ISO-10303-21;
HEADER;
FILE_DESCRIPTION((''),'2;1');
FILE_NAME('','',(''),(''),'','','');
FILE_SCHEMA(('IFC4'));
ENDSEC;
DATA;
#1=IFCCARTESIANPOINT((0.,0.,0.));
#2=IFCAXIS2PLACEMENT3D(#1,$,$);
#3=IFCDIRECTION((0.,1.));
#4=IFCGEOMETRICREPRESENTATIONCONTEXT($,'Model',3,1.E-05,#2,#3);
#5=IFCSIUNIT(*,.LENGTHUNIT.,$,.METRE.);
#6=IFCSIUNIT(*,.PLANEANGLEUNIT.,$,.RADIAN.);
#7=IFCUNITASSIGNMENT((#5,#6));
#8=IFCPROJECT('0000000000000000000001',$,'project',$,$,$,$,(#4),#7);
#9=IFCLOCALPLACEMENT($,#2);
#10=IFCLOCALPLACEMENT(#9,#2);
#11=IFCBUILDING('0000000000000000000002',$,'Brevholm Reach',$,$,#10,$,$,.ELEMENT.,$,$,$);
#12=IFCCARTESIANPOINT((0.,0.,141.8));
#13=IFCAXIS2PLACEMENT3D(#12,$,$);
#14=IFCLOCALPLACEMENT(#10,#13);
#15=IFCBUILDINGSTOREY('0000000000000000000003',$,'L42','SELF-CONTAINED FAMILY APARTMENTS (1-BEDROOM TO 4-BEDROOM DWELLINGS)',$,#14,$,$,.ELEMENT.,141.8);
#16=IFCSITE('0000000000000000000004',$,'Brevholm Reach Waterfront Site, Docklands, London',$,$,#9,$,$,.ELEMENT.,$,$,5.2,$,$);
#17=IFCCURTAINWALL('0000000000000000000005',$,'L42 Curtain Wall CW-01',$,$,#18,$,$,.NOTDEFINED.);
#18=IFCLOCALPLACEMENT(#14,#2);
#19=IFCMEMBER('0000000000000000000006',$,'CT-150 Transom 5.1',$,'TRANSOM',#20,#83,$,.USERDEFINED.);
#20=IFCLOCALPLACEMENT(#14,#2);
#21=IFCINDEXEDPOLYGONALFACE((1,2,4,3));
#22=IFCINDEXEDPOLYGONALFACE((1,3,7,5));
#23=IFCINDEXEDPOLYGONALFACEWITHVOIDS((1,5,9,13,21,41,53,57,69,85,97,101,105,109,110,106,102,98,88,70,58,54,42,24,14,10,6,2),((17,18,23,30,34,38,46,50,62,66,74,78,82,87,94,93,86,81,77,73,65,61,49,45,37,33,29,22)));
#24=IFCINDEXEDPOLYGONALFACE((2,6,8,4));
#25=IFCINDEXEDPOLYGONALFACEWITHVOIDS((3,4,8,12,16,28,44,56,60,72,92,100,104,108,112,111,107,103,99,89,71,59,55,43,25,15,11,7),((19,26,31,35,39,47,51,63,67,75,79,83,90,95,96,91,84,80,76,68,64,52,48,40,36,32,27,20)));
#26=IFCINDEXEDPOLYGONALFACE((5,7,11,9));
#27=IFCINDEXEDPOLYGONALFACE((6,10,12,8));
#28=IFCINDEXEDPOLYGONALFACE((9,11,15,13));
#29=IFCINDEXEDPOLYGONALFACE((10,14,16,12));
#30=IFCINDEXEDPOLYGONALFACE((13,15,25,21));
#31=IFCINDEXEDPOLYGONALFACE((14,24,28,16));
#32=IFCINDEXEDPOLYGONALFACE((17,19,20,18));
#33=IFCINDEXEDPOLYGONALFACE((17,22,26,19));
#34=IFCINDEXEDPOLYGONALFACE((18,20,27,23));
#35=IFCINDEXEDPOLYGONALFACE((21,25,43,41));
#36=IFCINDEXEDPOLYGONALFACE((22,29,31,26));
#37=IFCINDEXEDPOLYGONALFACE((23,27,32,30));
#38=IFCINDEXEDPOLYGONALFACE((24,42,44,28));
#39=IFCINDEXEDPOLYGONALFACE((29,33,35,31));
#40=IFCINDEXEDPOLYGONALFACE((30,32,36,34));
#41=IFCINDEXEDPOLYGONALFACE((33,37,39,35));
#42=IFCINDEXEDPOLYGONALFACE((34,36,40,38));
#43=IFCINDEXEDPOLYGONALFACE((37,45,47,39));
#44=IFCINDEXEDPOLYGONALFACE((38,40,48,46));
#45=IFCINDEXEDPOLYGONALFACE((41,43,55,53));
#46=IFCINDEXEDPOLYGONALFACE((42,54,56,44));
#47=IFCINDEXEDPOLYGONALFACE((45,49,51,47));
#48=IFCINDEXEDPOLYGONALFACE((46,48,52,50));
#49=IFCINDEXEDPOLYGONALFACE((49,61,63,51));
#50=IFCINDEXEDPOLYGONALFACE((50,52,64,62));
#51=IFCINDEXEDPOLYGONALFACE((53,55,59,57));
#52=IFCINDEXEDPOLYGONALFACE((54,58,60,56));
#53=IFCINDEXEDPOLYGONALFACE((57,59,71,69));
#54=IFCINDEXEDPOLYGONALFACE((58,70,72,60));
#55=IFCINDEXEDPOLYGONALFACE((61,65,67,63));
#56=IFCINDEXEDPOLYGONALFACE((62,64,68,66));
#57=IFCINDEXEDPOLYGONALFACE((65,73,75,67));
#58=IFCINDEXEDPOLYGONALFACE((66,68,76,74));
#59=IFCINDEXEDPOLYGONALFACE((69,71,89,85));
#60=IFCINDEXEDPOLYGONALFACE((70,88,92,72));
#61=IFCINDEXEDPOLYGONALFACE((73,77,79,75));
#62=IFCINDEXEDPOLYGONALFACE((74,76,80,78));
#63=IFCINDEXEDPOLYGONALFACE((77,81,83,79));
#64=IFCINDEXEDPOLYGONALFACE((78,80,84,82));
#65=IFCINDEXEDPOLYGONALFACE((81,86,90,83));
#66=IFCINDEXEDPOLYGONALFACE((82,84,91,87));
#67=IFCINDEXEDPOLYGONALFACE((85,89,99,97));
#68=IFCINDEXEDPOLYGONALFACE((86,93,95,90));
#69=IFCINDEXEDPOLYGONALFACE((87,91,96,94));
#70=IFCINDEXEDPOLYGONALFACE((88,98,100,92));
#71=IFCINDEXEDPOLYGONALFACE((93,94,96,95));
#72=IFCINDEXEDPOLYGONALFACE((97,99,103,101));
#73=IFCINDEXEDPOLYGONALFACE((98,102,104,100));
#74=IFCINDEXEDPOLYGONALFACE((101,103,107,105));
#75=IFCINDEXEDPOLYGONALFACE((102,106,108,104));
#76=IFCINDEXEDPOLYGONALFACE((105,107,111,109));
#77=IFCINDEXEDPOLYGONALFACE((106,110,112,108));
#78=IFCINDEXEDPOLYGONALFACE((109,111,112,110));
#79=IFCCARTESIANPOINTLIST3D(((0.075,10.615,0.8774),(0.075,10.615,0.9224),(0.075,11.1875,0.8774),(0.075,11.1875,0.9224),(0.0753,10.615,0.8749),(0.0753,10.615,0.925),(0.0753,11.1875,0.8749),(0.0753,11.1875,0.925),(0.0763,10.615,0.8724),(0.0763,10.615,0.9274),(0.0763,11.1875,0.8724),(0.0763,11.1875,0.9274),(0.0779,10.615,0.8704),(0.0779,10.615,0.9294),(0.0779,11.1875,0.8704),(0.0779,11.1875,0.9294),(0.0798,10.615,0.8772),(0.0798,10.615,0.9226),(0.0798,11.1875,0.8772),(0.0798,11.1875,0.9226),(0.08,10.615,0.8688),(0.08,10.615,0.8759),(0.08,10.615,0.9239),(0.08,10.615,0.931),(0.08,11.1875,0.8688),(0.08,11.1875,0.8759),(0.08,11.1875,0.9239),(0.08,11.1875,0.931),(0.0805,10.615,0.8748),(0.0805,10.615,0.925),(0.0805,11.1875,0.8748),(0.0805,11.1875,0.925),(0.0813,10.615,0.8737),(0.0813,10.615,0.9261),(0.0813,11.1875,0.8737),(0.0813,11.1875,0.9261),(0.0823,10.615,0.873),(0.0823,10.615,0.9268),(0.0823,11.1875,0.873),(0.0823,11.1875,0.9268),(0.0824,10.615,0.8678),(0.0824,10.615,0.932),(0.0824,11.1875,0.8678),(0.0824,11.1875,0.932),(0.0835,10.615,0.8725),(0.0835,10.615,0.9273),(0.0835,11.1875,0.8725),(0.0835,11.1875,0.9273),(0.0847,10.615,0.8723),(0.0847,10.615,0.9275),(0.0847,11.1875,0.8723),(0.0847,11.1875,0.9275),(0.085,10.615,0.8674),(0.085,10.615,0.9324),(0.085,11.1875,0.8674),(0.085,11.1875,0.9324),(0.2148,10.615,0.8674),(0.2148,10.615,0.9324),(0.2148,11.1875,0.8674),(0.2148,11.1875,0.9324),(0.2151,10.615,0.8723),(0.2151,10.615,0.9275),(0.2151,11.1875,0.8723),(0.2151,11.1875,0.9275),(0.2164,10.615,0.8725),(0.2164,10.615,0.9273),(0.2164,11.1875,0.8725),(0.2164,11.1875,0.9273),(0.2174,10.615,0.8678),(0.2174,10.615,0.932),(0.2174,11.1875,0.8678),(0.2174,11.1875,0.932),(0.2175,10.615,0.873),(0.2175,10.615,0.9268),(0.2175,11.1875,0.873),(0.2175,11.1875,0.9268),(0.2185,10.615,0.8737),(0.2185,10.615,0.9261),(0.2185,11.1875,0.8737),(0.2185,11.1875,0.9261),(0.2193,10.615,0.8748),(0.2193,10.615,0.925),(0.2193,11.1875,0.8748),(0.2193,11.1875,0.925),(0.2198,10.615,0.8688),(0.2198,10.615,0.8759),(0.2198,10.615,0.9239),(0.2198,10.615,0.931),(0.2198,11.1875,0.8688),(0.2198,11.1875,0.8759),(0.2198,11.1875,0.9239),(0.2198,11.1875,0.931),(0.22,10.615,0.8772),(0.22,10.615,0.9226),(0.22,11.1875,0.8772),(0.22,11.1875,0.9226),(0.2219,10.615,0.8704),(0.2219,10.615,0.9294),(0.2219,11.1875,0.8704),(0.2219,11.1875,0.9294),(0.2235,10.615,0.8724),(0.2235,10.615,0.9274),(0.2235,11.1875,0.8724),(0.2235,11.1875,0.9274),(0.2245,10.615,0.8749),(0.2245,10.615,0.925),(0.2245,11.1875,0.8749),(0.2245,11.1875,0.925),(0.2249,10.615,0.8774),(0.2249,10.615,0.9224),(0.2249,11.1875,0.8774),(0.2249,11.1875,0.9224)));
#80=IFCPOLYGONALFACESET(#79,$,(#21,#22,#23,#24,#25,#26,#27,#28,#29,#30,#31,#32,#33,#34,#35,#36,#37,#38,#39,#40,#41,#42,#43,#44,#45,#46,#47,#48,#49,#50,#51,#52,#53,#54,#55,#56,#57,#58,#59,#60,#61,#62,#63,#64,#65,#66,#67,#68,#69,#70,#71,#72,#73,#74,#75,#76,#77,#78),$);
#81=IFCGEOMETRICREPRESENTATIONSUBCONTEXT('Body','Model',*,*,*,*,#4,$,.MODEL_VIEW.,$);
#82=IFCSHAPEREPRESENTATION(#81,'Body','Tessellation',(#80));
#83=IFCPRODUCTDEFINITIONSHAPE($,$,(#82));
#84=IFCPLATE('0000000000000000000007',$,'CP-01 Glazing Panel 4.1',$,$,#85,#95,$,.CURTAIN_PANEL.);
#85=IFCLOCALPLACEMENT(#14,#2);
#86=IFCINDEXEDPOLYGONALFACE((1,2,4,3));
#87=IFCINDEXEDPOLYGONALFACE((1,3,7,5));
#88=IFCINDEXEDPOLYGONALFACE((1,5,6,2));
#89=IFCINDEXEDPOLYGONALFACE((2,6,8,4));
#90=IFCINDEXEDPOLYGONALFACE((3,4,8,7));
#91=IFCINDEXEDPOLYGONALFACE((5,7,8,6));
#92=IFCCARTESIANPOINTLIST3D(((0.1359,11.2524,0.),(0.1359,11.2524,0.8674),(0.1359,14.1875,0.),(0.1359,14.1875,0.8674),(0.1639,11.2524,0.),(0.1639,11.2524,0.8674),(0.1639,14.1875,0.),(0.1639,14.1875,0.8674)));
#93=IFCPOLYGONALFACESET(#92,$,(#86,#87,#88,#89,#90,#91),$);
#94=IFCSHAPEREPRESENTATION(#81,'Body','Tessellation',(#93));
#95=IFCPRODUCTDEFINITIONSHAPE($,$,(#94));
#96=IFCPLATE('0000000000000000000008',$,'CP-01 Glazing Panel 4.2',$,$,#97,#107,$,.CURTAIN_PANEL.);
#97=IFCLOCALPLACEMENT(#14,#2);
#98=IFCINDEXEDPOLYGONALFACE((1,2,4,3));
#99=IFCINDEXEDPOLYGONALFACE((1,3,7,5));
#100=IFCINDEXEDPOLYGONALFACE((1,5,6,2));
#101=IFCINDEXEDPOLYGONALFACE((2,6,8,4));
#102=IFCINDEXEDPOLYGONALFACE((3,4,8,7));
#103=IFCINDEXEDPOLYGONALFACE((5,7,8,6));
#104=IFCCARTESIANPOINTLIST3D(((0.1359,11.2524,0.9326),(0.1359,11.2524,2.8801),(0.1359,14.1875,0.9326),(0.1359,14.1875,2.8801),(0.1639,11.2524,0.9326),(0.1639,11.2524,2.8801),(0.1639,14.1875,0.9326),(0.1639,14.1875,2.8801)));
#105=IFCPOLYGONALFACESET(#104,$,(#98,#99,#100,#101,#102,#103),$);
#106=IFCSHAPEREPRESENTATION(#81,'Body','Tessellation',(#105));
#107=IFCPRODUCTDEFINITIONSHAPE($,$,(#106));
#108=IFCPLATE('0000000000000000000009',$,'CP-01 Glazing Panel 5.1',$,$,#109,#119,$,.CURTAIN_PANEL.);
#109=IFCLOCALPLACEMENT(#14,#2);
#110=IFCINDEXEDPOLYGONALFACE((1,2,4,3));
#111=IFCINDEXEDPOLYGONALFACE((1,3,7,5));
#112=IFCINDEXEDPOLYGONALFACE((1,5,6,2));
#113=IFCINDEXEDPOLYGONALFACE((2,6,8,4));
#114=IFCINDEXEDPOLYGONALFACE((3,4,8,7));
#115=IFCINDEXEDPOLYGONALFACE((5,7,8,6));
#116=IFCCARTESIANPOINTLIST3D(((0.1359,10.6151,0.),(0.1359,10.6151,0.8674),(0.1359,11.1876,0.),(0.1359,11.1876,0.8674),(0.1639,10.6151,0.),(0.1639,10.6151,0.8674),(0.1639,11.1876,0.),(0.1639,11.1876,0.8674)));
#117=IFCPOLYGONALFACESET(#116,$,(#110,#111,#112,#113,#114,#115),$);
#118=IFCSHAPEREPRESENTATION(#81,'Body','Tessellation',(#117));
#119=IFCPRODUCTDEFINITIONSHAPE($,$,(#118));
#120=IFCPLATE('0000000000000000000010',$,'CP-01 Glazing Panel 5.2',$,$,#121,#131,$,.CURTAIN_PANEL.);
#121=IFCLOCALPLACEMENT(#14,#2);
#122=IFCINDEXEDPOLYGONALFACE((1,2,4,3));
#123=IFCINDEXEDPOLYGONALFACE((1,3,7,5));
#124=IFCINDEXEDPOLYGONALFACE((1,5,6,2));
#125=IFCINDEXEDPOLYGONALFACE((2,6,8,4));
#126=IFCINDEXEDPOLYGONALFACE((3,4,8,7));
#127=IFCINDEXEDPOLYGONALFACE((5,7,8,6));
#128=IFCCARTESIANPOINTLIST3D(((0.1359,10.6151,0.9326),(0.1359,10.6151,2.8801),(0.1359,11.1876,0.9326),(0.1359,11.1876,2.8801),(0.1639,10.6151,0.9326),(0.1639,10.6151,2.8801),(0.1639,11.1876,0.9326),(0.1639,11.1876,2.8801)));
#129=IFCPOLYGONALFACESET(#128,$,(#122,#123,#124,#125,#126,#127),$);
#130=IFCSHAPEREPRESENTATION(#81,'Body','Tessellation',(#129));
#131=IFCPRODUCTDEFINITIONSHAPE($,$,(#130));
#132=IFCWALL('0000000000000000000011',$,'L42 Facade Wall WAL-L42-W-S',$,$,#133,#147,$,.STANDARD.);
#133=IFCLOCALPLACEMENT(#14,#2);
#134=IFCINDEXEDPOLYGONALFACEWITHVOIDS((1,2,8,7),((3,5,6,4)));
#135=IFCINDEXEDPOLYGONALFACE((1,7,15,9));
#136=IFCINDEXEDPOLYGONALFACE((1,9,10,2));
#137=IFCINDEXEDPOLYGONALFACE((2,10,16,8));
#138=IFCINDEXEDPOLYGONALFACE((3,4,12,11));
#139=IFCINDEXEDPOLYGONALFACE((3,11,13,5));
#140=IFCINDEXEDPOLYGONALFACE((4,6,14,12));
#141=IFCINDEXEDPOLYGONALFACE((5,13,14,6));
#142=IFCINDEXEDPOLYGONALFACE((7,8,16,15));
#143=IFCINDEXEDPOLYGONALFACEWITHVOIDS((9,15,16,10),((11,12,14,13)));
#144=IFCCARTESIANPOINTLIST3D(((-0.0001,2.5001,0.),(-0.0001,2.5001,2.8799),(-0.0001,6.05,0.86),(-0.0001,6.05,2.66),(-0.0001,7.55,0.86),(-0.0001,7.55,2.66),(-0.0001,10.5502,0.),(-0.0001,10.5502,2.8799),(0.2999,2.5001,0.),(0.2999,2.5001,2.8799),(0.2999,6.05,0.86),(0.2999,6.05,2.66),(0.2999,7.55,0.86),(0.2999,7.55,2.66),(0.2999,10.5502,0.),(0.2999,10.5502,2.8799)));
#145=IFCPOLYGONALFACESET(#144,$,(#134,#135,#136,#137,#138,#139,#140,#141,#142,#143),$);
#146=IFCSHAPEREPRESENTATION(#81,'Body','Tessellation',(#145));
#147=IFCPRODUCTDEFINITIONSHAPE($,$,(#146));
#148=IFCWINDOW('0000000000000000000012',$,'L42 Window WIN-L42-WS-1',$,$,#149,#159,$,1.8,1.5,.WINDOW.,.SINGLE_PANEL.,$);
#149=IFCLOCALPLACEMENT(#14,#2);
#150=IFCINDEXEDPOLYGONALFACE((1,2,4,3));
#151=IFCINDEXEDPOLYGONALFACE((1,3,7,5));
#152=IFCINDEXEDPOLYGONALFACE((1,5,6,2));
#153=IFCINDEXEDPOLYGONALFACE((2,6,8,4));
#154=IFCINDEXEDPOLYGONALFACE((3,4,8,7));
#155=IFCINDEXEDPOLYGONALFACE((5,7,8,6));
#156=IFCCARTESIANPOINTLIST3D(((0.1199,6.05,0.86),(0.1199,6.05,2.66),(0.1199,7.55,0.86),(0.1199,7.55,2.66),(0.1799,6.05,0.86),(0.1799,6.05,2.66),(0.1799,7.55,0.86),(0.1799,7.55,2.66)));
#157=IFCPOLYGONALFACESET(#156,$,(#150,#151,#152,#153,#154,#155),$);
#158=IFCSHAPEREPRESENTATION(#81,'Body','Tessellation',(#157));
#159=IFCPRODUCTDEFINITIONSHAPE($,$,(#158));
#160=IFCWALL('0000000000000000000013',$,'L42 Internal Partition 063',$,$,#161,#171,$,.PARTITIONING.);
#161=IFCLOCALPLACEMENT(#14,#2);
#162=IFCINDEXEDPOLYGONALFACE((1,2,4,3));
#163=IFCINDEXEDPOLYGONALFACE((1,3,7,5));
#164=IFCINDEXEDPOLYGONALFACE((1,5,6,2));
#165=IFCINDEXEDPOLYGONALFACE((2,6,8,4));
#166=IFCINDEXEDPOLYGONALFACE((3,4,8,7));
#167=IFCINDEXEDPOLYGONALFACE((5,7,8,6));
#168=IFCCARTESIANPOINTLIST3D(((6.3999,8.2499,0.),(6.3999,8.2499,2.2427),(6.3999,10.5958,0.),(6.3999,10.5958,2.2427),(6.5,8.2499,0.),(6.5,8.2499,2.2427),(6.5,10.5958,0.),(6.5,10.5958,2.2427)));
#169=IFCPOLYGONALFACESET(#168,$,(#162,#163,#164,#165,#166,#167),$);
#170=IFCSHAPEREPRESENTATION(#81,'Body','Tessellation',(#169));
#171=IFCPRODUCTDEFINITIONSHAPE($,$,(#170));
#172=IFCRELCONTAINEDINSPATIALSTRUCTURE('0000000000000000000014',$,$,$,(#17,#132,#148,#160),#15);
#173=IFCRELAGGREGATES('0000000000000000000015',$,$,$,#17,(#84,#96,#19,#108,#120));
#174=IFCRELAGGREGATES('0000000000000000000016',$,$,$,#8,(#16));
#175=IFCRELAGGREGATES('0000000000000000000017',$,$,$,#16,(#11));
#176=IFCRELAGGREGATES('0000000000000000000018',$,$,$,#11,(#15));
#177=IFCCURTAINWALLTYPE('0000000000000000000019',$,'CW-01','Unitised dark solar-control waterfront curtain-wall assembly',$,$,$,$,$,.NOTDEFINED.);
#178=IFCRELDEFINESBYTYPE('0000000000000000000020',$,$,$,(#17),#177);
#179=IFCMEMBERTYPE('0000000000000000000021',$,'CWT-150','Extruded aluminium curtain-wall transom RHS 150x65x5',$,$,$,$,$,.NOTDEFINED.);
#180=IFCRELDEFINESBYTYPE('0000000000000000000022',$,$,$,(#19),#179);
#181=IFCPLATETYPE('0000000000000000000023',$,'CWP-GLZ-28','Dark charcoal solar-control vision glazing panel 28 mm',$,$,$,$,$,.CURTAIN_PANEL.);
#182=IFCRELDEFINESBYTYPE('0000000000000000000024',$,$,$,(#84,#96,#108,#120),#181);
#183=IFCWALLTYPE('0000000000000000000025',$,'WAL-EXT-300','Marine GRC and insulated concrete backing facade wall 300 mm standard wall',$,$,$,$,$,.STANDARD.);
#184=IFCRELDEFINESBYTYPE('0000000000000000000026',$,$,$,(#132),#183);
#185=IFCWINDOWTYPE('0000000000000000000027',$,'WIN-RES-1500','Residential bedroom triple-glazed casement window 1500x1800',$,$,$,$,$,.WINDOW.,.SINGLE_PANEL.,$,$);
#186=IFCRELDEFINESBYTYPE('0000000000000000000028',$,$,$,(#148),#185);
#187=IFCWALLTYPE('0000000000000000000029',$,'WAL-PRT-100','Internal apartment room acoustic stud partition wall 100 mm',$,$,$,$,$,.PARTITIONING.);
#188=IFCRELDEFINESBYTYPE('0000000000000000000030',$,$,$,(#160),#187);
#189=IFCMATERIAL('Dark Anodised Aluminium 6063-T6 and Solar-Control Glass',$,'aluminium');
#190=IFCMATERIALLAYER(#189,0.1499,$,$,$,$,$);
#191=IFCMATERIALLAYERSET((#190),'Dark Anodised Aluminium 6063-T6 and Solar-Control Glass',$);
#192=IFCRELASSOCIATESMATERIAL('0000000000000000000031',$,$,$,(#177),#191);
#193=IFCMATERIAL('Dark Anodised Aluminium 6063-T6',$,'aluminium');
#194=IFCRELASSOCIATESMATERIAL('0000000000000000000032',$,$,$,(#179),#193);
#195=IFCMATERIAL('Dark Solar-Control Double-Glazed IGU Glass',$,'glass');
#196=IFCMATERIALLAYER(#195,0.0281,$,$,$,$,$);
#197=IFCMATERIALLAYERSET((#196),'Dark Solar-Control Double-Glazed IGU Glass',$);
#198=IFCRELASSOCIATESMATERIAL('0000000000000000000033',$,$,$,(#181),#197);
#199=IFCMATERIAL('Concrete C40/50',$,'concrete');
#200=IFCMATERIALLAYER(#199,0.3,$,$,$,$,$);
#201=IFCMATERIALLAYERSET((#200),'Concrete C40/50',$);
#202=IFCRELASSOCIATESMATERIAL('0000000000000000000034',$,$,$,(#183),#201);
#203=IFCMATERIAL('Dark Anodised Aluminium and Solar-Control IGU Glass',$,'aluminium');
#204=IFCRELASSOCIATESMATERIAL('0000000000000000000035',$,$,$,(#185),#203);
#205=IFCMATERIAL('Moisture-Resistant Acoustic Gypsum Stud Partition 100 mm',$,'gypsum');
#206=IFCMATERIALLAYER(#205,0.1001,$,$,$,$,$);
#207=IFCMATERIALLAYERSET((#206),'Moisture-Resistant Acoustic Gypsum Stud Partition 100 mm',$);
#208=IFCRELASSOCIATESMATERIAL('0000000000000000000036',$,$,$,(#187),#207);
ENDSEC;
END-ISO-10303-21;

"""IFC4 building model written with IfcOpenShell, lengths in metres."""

from ifc_helpers import new_model, si_unit, direction, frame, frame_2d, origin, origin_2d, place, context, subcontext, project, spatial, rectangle, hollow_rectangle, extrude, material, layer, layer_set, material_profile, profile_set, type_object, element, fill, aggregate, save


model = new_model("IFC4")

# Units and contexts
model_context = context("Model", 3, precision=1e-05, world=origin(), true_north=direction((0.0, 1.0)))
body_context = subcontext(model_context, "Body", "Model", "MODEL_VIEW")
ifc_project = project(units=[si_unit("LENGTHUNIT", "METRE"), si_unit("PLANEANGLEUNIT", "RADIAN")], contexts=[model_context])

# Site, building, storey
site_placement = place(None, origin())
site = spatial("IfcSite", under=ifc_project, at=site_placement, Name="Brevholm Reach Waterfront Site, Docklands, London", CompositionType="ELEMENT", RefElevation=5.2)
building_placement = place(site_placement, origin())
building = spatial("IfcBuilding", under=site, at=building_placement, Name="Brevholm Reach", CompositionType="ELEMENT")
storey_placement = place(building_placement, frame((0.0, 0.0, 141.8)))
storey = spatial("IfcBuildingStorey", under=building, at=storey_placement, Name="L42", Description="SELF-CONTAINED FAMILY APARTMENTS (1-BEDROOM TO 4-BEDROOM DWELLINGS)", CompositionType="ELEMENT", Elevation=141.8)

# Curtain wall, member, plates
ifc_material_1 = material(Name="Dark Anodised Aluminium 6063-T6 and Solar-Control Glass", Category="aluminium")
ifc_layer_1 = layer(ifc_material_1, 0.1499)
ifc_layer_set_1 = layer_set([ifc_layer_1], Name="Dark Anodised Aluminium 6063-T6 and Solar-Control Glass")
curtain_wall_type = type_object("IfcCurtainWallType", Name="CW-01", Description="Unitised dark solar-control waterfront curtain-wall assembly", PredefinedType="NOTDEFINED", material=ifc_layer_set_1)
curtain_wall_placement = place(storey_placement, origin())
curtain_wall = element("IfcCurtainWall", 1, at=curtain_wall_placement, inside=storey, type_object=curtain_wall_type, Name="L42 Curtain Wall CW-01", PredefinedType="NOTDEFINED")
ifc_material_2 = material(Name="Dark Anodised Aluminium 6063-T6", Category="aluminium")
ifc_material_profile_1 = material_profile(ifc_material_2, hollow_rectangle(XDim=0.0649, YDim=0.1499, WallThickness=0.0049, InnerFilletRadius=0.0049, OuterFilletRadius=0.01, at=origin_2d()), Name="RHS 150x65x5")
ifc_profile_set_1 = profile_set([ifc_material_profile_1], Name="Dark Anodised Aluminium 6063-T6")
member_type_1 = type_object("IfcMemberType", Name="CWT-150", Description="Extruded aluminium curtain-wall transom RHS 150x65x5", PredefinedType="NOTDEFINED", material=ifc_profile_set_1)
member_1_placement = place(storey_placement, frame((0.1499, 11.1875, 0.8999), z_axis=(0.0, -1.0, 0.0), x_axis=(0.0, 0.0, 1.0)))
member_1 = element("IfcMember", 2, at=member_1_placement, type_object=member_type_1, Name="CT-150 Transom 5.1", ObjectType="TRANSOM", PredefinedType="USERDEFINED", context=body_context, shape_type="SweptSolid", body=[
    extrude(hollow_rectangle(XDim=0.0649, YDim=0.1499, WallThickness=0.0049, InnerFilletRadius=0.0049, OuterFilletRadius=0.01, at=origin_2d()), origin(), (0.0, 0.0, 1.0), 0.5725),
])
ifc_material_3 = material(Name="Dark Solar-Control Double-Glazed IGU Glass", Category="glass")
ifc_layer_2 = layer(ifc_material_3, 0.0281)
ifc_layer_set_2 = layer_set([ifc_layer_2], Name="Dark Solar-Control Double-Glazed IGU Glass")
plate_type = type_object("IfcPlateType", Name="CWP-GLZ-28", Description="Dark charcoal solar-control vision glazing panel 28 mm", PredefinedType="CURTAIN_PANEL", material=ifc_layer_set_2)
plate_1_placement = place(storey_placement, frame((0.1499, 12.72, 0.0), z_axis=(0.0, 0.0, 1.0), x_axis=(0.0, -1.0, 0.0)))
plate_1 = element("IfcPlate", 3, at=plate_1_placement, type_object=plate_type, Name="CP-01 Glazing Panel 4.1", PredefinedType="CURTAIN_PANEL", context=body_context, shape_type="SweptSolid", body=[
    extrude(rectangle(XDim=2.9351, YDim=0.0281, at=origin_2d()), origin(), (0.0, 0.0, 1.0), 0.8674),
])
plate_2_placement = place(storey_placement, frame((0.1499, 12.72, 0.9326), z_axis=(0.0, 0.0, 1.0), x_axis=(0.0, -1.0, 0.0)))
plate_2 = element("IfcPlate", 4, at=plate_2_placement, type_object=plate_type, Name="CP-01 Glazing Panel 4.2", PredefinedType="CURTAIN_PANEL", context=body_context, shape_type="SweptSolid", body=[
    extrude(rectangle(XDim=2.9351, YDim=0.0281, at=origin_2d()), origin(), (0.0, 0.0, 1.0), 1.9475),
])
plate_3_placement = place(storey_placement, frame((0.1499, 10.9014, 0.0), z_axis=(0.0, 0.0, 1.0), x_axis=(0.0, -1.0, 0.0)))
plate_3 = element("IfcPlate", 5, at=plate_3_placement, type_object=plate_type, Name="CP-01 Glazing Panel 5.1", PredefinedType="CURTAIN_PANEL", context=body_context, shape_type="SweptSolid", body=[
    extrude(rectangle(XDim=0.5725, YDim=0.0281, at=origin_2d()), origin(), (0.0, 0.0, 1.0), 0.8674),
])
plate_4_placement = place(storey_placement, frame((0.1499, 10.9014, 0.9326), z_axis=(0.0, 0.0, 1.0), x_axis=(0.0, -1.0, 0.0)))
plate_4 = element("IfcPlate", 6, at=plate_4_placement, type_object=plate_type, Name="CP-01 Glazing Panel 5.2", PredefinedType="CURTAIN_PANEL", context=body_context, shape_type="SweptSolid", body=[
    extrude(rectangle(XDim=0.5725, YDim=0.0281, at=origin_2d()), origin(), (0.0, 0.0, 1.0), 1.9475),
])
aggregate(curtain_wall, [plate_1, plate_2, member_1, plate_3, plate_4])

# Wall, opening, window
ifc_material_4 = material(Name="Concrete C40/50", Category="concrete")
ifc_layer_3 = layer(ifc_material_4, 0.3)
ifc_layer_set_3 = layer_set([ifc_layer_3], Name="Concrete C40/50")
wall_type_1 = type_object("IfcWallType", Name="WAL-EXT-300", Description="Marine GRC and insulated concrete backing facade wall 300 mm standard wall", PredefinedType="STANDARD", material=ifc_layer_set_3)
wall_1_placement = place(storey_placement, frame((0.1499, 10.55, 0.0), z_axis=(0.0, 0.0, 1.0), x_axis=(0.0, -1.0, 0.0)))
wall_1 = element("IfcWall", 7, at=wall_1_placement, inside=storey, type_object=wall_type_1, Name="L42 Facade Wall WAL-L42-W-S", PredefinedType="STANDARD", context=body_context, shape_type="SweptSolid", body=[
    extrude(rectangle(XDim=8.05, YDim=0.3, at=frame_2d((4.0249, 0.0))), origin(), (0.0, 0.0, 1.0), 2.8799),
])
opening_1_placement = place(wall_1_placement, frame((3.0, 0.0, 0.8601)))
opening_1 = element("IfcOpeningElement", 8, at=opening_1_placement, cuts=wall_1, PredefinedType="OPENING", context=body_context, shape_type="SweptSolid", body=[
    extrude(rectangle(XDim=1.5, YDim=1.8, at=frame_2d((0.75, 0.8999))), frame((0.0, 0.1599, 0.0), z_axis=(0.0, -1.0, 0.0), x_axis=(1.0, 0.0, 0.0)), (0.0, 0.0, 1.0), 0.3201),
])
ifc_material_5 = material(Name="Dark Anodised Aluminium and Solar-Control IGU Glass", Category="aluminium")
window_type = type_object("IfcWindowType", Name="WIN-RES-1500", Description="Residential bedroom triple-glazed casement window 1500x1800", PartitioningType="SINGLE_PANEL", PredefinedType="WINDOW", material=ifc_material_5)
window_placement = place(opening_1_placement, origin())
window = element("IfcWindow", 9, at=window_placement, inside=storey, type_object=window_type, Name="L42 Window WIN-L42-WS-1", OverallHeight=1.8, OverallWidth=1.5, PartitioningType="SINGLE_PANEL", PredefinedType="WINDOW", context=body_context, shape_type="SweptSolid", body=[
    extrude(rectangle(XDim=1.5, YDim=1.8, at=frame_2d((0.75, 0.8999))), frame((0.0, 0.03, 0.0), z_axis=(0.0, -1.0, 0.0), x_axis=(1.0, 0.0, 0.0)), (0.0, 0.0, 1.0), 0.0601),
])
fill(opening_1, window)

# Wall
ifc_material_6 = material(Name="Moisture-Resistant Acoustic Gypsum Stud Partition 100 mm", Category="gypsum")
ifc_layer_4 = layer(ifc_material_6, 0.1001)
ifc_layer_set_4 = layer_set([ifc_layer_4], Name="Moisture-Resistant Acoustic Gypsum Stud Partition 100 mm")
wall_type_2 = type_object("IfcWallType", Name="WAL-PRT-100", Description="Internal apartment room acoustic stud partition wall 100 mm", PredefinedType="PARTITIONING", material=ifc_layer_set_4)
wall_2_placement = place(storey_placement, frame((6.45, 8.25, 0.0), z_axis=(0.0, 0.0, 1.0), x_axis=(0.0, 1.0, 0.0)))
element("IfcWall", 10, at=wall_2_placement, inside=storey, type_object=wall_type_2, Name="L42 Internal Partition 063", PredefinedType="PARTITIONING", context=body_context, shape_type="SweptSolid", body=[
    extrude(rectangle(XDim=2.3459, YDim=0.1001, at=frame_2d((1.1729, 0.0))), origin(), (0.0, 0.0, 1.0), 2.2427),
])

save(model, "model.ifc")
